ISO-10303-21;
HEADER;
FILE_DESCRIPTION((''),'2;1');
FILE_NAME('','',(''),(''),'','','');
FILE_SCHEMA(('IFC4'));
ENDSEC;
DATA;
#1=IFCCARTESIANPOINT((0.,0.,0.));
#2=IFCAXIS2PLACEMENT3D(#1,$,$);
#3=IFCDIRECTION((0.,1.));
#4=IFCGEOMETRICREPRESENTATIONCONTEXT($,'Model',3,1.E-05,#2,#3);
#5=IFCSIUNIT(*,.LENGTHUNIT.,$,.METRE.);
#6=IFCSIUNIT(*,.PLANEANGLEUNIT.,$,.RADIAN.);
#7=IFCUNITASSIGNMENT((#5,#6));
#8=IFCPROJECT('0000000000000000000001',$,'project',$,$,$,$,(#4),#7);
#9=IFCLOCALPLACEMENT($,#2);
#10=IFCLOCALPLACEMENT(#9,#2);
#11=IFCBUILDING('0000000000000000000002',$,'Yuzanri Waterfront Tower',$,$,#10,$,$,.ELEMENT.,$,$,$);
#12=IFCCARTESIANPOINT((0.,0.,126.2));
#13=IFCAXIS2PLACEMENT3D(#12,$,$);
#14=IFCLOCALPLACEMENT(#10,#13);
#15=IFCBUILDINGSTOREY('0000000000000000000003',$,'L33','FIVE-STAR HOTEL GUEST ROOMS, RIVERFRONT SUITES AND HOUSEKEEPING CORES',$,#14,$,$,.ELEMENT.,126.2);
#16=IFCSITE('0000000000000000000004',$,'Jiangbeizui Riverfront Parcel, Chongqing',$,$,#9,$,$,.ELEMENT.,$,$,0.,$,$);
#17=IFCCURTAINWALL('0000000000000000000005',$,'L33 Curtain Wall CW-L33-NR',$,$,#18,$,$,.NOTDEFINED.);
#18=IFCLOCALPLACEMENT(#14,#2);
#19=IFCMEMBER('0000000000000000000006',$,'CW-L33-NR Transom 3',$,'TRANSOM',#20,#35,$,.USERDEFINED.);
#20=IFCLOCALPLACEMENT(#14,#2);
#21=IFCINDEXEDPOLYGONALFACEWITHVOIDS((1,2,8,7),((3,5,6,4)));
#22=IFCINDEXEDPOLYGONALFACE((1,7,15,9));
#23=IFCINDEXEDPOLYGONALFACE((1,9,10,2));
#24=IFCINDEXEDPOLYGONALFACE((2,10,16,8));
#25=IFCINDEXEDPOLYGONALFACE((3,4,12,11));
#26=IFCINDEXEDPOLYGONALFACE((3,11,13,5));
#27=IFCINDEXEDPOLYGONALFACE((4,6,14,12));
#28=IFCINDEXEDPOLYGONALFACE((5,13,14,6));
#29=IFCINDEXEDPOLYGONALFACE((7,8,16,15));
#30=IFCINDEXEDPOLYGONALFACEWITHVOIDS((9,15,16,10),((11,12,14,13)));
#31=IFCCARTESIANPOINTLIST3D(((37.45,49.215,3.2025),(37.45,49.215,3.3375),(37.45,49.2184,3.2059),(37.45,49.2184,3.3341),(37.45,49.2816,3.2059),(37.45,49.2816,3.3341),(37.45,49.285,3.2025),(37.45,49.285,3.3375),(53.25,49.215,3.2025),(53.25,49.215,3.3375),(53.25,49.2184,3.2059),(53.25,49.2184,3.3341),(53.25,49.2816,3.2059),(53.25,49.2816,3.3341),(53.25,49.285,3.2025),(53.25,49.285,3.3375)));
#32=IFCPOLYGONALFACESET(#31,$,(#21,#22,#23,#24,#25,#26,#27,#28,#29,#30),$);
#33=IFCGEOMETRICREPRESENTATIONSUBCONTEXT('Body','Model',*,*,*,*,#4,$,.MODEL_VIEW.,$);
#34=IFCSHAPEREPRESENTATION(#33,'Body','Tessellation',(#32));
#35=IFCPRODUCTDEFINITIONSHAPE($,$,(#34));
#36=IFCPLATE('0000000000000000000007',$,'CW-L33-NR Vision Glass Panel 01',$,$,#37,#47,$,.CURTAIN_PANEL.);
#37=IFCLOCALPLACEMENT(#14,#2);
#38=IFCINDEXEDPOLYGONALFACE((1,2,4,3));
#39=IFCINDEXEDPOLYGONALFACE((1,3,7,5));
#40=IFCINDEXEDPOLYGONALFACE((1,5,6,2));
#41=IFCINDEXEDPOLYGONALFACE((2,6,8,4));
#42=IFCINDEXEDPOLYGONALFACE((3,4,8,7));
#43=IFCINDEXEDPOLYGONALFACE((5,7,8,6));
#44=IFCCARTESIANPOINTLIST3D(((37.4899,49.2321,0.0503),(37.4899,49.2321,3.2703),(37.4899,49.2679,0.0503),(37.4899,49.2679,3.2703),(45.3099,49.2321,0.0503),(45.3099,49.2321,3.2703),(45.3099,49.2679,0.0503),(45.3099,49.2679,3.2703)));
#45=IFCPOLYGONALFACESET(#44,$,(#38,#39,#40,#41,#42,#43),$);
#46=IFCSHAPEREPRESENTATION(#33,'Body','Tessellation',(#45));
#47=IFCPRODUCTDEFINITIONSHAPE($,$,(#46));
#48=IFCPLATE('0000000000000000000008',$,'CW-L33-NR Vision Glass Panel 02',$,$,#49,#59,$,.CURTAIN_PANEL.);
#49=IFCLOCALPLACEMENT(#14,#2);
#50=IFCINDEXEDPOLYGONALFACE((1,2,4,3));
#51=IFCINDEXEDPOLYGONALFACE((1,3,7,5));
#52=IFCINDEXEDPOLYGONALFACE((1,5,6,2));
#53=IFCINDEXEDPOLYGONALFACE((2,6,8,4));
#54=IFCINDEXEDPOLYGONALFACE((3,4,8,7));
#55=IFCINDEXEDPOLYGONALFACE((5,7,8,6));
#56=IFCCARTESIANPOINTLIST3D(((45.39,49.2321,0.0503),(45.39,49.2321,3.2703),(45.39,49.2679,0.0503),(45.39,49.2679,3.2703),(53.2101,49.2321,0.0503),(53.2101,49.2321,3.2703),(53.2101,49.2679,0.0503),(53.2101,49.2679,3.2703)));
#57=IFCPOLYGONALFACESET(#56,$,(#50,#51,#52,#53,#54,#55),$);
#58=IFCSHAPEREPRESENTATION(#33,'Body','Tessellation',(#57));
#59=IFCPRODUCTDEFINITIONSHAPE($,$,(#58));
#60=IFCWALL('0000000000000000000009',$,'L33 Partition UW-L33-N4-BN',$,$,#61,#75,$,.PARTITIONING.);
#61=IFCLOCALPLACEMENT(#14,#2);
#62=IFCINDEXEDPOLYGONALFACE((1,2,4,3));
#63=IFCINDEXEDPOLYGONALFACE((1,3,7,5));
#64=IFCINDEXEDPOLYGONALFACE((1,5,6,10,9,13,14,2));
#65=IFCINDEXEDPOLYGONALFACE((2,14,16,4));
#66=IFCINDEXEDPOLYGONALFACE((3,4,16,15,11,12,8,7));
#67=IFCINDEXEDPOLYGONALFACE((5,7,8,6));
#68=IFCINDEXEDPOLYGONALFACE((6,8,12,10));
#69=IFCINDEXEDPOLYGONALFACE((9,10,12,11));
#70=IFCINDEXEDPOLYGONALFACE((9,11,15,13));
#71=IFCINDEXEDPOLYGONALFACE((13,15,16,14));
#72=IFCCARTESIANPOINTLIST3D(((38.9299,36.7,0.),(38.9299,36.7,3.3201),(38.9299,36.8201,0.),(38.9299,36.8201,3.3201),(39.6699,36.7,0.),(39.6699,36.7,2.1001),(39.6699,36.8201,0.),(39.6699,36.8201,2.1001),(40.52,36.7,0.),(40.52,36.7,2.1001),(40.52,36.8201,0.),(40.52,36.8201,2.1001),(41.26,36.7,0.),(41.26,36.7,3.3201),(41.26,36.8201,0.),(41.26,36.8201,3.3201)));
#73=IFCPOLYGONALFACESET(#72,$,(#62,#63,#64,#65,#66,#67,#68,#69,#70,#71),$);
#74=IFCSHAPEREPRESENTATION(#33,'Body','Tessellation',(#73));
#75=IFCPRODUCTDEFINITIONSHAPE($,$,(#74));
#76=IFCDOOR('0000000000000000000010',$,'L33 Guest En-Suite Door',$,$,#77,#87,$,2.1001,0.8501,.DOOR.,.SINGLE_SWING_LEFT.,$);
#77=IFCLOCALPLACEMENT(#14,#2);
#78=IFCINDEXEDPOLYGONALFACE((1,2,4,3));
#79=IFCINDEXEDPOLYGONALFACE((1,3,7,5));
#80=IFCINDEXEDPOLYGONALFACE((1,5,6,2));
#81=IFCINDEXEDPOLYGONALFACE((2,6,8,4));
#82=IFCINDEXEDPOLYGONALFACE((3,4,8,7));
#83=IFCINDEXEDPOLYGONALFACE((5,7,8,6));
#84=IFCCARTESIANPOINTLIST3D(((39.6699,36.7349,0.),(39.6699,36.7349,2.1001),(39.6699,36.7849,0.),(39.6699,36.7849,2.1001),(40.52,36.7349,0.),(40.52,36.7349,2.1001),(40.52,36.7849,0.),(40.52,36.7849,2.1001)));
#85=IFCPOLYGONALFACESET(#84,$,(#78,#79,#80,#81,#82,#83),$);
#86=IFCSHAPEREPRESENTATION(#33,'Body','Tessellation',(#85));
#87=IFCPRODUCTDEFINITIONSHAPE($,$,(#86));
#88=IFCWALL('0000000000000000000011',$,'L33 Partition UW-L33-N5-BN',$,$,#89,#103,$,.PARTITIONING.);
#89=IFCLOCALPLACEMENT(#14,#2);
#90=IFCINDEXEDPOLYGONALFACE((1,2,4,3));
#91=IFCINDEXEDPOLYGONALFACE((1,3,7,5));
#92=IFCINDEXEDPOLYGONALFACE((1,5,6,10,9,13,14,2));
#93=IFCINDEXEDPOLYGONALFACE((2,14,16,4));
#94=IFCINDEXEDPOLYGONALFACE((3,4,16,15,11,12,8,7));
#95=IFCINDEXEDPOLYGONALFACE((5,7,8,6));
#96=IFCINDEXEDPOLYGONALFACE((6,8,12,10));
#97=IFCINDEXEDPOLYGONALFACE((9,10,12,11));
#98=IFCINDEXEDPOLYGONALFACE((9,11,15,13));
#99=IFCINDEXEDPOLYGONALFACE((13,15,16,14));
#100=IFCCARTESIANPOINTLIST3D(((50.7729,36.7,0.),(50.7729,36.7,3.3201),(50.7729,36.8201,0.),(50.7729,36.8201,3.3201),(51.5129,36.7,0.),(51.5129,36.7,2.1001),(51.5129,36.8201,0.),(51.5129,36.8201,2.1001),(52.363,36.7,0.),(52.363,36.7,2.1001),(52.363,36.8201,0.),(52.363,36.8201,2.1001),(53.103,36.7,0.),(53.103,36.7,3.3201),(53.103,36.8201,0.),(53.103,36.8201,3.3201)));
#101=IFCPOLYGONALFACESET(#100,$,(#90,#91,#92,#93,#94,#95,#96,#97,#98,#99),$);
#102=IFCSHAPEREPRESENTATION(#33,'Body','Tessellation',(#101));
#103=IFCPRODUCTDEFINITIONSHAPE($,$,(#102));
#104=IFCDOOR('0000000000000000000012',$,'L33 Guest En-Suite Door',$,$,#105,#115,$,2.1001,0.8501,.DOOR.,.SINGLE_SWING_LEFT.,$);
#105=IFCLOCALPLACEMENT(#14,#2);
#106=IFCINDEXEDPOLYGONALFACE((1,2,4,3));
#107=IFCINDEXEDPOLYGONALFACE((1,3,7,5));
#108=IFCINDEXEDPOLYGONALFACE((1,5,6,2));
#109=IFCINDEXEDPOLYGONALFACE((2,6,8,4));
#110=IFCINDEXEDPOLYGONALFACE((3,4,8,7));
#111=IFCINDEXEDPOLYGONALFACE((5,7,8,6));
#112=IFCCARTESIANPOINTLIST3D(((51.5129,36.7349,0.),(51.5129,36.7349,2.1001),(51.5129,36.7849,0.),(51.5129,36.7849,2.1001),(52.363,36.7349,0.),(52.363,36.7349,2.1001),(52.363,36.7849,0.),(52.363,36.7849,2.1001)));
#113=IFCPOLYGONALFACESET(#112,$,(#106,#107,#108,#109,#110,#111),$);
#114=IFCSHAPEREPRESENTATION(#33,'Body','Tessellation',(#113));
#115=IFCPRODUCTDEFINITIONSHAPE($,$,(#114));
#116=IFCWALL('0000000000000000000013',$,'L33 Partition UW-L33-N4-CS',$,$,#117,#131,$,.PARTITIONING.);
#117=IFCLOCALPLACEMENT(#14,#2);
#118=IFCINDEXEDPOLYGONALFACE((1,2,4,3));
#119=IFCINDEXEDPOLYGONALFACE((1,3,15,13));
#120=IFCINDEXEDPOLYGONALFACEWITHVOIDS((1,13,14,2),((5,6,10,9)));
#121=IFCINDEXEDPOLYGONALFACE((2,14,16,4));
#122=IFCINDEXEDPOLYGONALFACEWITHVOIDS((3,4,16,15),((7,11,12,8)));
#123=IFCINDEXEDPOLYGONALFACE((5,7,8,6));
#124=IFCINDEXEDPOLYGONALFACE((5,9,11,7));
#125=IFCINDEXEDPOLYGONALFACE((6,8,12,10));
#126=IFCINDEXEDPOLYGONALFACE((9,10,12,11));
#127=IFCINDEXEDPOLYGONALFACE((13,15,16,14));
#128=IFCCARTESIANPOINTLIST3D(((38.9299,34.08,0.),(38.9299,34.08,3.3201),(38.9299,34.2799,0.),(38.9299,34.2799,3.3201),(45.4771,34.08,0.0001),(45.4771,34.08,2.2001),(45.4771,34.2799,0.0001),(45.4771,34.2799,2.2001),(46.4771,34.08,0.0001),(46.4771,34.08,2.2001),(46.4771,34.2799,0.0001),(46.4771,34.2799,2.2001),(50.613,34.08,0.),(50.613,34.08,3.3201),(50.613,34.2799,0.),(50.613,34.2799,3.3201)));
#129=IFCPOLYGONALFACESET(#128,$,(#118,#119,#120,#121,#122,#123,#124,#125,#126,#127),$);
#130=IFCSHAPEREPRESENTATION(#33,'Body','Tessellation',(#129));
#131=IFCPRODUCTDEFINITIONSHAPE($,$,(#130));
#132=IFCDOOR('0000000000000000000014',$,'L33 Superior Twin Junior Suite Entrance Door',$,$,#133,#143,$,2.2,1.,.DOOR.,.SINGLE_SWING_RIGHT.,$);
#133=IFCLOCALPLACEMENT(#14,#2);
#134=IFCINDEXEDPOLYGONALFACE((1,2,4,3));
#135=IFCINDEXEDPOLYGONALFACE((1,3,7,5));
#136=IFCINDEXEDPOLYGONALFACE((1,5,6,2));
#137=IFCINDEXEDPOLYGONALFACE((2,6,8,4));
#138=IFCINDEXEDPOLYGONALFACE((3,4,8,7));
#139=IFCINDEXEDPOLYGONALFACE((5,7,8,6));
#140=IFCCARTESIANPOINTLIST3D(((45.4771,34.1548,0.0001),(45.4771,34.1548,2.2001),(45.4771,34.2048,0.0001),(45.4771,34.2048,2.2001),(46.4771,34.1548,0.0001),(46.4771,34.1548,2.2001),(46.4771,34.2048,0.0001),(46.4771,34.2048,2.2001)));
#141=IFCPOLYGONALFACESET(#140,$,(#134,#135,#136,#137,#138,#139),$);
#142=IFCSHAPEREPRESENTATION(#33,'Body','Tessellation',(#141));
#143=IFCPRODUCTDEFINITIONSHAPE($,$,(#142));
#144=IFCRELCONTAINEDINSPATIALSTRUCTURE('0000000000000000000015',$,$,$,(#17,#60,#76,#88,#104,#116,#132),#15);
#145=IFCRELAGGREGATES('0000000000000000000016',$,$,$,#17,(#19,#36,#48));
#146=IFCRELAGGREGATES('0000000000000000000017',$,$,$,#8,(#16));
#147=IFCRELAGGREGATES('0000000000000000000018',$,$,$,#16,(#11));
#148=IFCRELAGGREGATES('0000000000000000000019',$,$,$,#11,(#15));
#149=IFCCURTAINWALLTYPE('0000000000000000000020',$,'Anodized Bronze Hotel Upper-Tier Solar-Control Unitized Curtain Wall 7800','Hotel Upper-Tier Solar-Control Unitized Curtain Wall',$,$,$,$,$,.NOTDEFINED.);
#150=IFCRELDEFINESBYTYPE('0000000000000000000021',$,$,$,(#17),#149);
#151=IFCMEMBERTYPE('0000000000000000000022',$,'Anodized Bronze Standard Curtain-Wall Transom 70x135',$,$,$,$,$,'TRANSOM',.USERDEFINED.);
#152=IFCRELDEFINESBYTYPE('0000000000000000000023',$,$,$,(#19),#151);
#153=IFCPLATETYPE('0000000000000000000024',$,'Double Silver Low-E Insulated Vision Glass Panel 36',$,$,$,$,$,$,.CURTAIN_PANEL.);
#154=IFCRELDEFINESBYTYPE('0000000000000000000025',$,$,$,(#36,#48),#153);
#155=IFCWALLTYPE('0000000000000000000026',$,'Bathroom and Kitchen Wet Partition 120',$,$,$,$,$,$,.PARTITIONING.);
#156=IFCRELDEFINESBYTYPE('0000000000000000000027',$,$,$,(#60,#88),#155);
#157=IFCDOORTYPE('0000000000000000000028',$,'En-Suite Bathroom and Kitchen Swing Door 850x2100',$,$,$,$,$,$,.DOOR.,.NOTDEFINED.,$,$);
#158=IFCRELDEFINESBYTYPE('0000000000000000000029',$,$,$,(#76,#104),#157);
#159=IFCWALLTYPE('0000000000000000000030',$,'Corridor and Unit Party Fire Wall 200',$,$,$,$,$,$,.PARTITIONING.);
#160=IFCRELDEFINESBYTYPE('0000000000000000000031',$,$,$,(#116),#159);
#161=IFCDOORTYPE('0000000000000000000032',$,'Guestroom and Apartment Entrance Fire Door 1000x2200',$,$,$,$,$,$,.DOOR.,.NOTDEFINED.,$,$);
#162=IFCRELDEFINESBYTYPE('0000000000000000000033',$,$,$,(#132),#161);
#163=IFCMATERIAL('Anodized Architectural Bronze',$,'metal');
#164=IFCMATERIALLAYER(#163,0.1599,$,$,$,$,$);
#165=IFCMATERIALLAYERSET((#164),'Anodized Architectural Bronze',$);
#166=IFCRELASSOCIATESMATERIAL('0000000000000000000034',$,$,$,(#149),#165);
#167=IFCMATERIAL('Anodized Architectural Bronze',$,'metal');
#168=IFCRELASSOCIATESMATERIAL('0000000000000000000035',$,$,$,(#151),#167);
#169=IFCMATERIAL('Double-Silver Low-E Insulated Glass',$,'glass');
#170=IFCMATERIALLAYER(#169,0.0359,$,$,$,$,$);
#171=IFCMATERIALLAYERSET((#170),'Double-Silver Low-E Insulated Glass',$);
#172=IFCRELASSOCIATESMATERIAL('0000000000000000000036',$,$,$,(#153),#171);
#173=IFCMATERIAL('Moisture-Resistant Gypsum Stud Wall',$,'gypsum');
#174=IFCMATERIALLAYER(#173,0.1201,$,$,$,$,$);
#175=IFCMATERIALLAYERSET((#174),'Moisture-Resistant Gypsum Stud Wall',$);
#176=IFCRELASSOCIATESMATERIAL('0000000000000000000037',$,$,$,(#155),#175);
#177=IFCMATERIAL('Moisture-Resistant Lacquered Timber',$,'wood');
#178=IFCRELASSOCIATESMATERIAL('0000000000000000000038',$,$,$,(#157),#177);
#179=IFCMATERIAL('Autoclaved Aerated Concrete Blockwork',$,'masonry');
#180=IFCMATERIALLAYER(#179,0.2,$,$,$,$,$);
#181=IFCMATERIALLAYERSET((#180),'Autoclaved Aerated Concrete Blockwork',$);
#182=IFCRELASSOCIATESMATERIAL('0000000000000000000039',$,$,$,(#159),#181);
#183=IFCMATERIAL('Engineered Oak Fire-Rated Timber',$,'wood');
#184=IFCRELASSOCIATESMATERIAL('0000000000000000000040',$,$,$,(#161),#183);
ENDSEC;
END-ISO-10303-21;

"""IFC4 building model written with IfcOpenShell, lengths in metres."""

from ifc_helpers import new_model, si_unit, direction, frame, frame_2d, origin, origin_2d, place, context, subcontext, project, spatial, rectangle, hollow_rectangle, extrude, source, transform, mapped, material, layer, layer_set, material_profile, profile_set, type_object, element, fill, aggregate, save


model = new_model("IFC4")

# Units and contexts
model_context = context("Model", 3, precision=1e-05, world=origin(), true_north=direction((0.0, 1.0)))
body_context = subcontext(model_context, "Body", "Model", "MODEL_VIEW")
ifc_project = project(units=[si_unit("LENGTHUNIT", "METRE"), si_unit("PLANEANGLEUNIT", "RADIAN")], contexts=[model_context])

# Site, building, storey
site_placement = place(None, origin())
site = spatial("IfcSite", under=ifc_project, at=site_placement, Name="Jiangbeizui Riverfront Parcel, Chongqing", CompositionType="ELEMENT", RefElevation=0.0)
building_placement = place(site_placement, origin())
building = spatial("IfcBuilding", under=site, at=building_placement, Name="Yuzanri Waterfront Tower", CompositionType="ELEMENT")
storey_placement = place(building_placement, frame((0.0, 0.0, 126.2)))
storey = spatial("IfcBuildingStorey", under=building, at=storey_placement, Name="L33", Description="FIVE-STAR HOTEL GUEST ROOMS, RIVERFRONT SUITES AND HOUSEKEEPING CORES", CompositionType="ELEMENT", Elevation=126.2)

# Curtain wall, member, plates
ifc_material_1 = material(Name="Anodized Architectural Bronze", Category="metal")
ifc_layer_1 = layer(ifc_material_1, 0.1599)
ifc_layer_set_1 = layer_set([ifc_layer_1], Name="Anodized Architectural Bronze")
curtain_wall_type = type_object("IfcCurtainWallType", Name="Anodized Bronze Hotel Upper-Tier Solar-Control Unitized Curtain Wall 7800", Description="Hotel Upper-Tier Solar-Control Unitized Curtain Wall", PredefinedType="NOTDEFINED", material=ifc_layer_set_1)
curtain_wall_placement = place(storey_placement, origin())
curtain_wall = element("IfcCurtainWall", 1, at=curtain_wall_placement, inside=storey, type_object=curtain_wall_type, Name="L33 Curtain Wall CW-L33-NR", PredefinedType="NOTDEFINED")
ifc_material_2 = material(Name="Anodized Architectural Bronze", Category="metal")
ifc_material_profile_1 = material_profile(ifc_material_2, hollow_rectangle(XDim=0.0701, YDim=0.135, WallThickness=0.0034, at=origin_2d()), Name="CWT 70x135")
ifc_profile_set_1 = profile_set([ifc_material_profile_1], Name="Anodized Architectural Bronze")
member_type_1 = type_object("IfcMemberType", Name="Anodized Bronze Standard Curtain-Wall Transom 70x135", ElementType="TRANSOM", PredefinedType="USERDEFINED", material=ifc_profile_set_1)
shared_shape_1 = source(origin(), body_context, "Body", "SweptSolid", [
    extrude(hollow_rectangle(XDim=0.0701, YDim=0.135, WallThickness=0.0034, at=origin_2d()), origin(), (0.0, 0.0, 1.0), 15.8),
])
member_1_placement = place(storey_placement, frame((37.45, 49.25, 3.27), z_axis=(1.0, 0.0, 0.0), x_axis=(0.0, 1.0, 0.0)))
member_1 = element("IfcMember", 2, at=member_1_placement, type_object=member_type_1, Name="CW-L33-NR Transom 3", ObjectType="TRANSOM", PredefinedType="USERDEFINED", context=body_context, shape_type="MappedRepresentation", body=[
    mapped(shared_shape_1, transform((0.0, 0.0, 0.0), scale=1.0)),
])
ifc_material_3 = material(Name="Double-Silver Low-E Insulated Glass", Category="glass")
ifc_layer_2 = layer(ifc_material_3, 0.0359)
ifc_layer_set_2 = layer_set([ifc_layer_2], Name="Double-Silver Low-E Insulated Glass")
plate_type = type_object("IfcPlateType", Name="Double Silver Low-E Insulated Vision Glass Panel 36", PredefinedType="CURTAIN_PANEL", material=ifc_layer_set_2)
shared_shape_2 = source(origin(), body_context, "Body", "SweptSolid", [
    extrude(rectangle(XDim=7.8201, YDim=0.0359, at=origin_2d()), origin(), (0.0, 0.0, 1.0), 3.22),
])
plate_1_placement = place(storey_placement, frame((41.3999, 49.25, 0.0503), z_axis=(0.0, 0.0, 1.0), x_axis=(1.0, 0.0, 0.0)))
plate_1 = element("IfcPlate", 3, at=plate_1_placement, type_object=plate_type, Name="CW-L33-NR Vision Glass Panel 01", PredefinedType="CURTAIN_PANEL", context=body_context, shape_type="MappedRepresentation", body=[
    mapped(shared_shape_2, transform((0.0, 0.0, 0.0), scale=1.0)),
])
plate_2_placement = place(storey_placement, frame((49.3, 49.25, 0.0503), z_axis=(0.0, 0.0, 1.0), x_axis=(1.0, 0.0, 0.0)))
plate_2 = element("IfcPlate", 4, at=plate_2_placement, type_object=plate_type, Name="CW-L33-NR Vision Glass Panel 02", PredefinedType="CURTAIN_PANEL", context=body_context, shape_type="MappedRepresentation", body=[
    mapped(shared_shape_2, transform((0.0, 0.0, 0.0), scale=1.0)),
])
aggregate(curtain_wall, [member_1, plate_1, plate_2])

# Walls, openings, doors
ifc_material_4 = material(Name="Moisture-Resistant Gypsum Stud Wall", Category="gypsum")
ifc_layer_3 = layer(ifc_material_4, 0.1201)
ifc_layer_set_3 = layer_set([ifc_layer_3], Name="Moisture-Resistant Gypsum Stud Wall")
wall_type_1 = type_object("IfcWallType", Name="Bathroom and Kitchen Wet Partition 120", PredefinedType="PARTITIONING", material=ifc_layer_set_3)
wall_1_placement = place(storey_placement, frame((38.9299, 36.76, 0.0), z_axis=(0.0, 0.0, 1.0), x_axis=(1.0, 0.0, 0.0)))
wall_1 = element("IfcWall", 5, at=wall_1_placement, inside=storey, type_object=wall_type_1, Name="L33 Partition UW-L33-N4-BN", PredefinedType="PARTITIONING", context=body_context, shape_type="SweptSolid", body=[
    extrude(rectangle(XDim=2.3301, YDim=0.1201, at=frame_2d((1.165, 0.0))), origin(), (0.0, 0.0, 1.0), 3.3201),
])
opening_1_placement = place(wall_1_placement, frame((0.74, 0.0, 0.0)))
opening_1 = element("IfcOpeningElement", 6, at=opening_1_placement, cuts=wall_1, PredefinedType="OPENING", context=body_context, shape_type="SweptSolid", body=[
    extrude(rectangle(XDim=0.8501, YDim=2.1001, at=frame_2d((0.425, 1.05))), frame((0.0, 0.075, 0.0), z_axis=(0.0, -1.0, 0.0), x_axis=(1.0, 0.0, 0.0)), (0.0, 0.0, 1.0), 0.1499),
])
ifc_material_5 = material(Name="Moisture-Resistant Lacquered Timber", Category="wood")
door_type_1 = type_object("IfcDoorType", Name="En-Suite Bathroom and Kitchen Swing Door 850x2100", OperationType="NOTDEFINED", PredefinedType="DOOR", material=ifc_material_5)
shared_shape_3 = source(origin(), body_context, "Body", "SweptSolid", [
    extrude(rectangle(XDim=0.8501, YDim=2.1001, at=frame_2d((0.425, 1.05))), frame((0.0, 0.0249, 0.0), z_axis=(0.0, -1.0, 0.0), x_axis=(1.0, 0.0, 0.0)), (0.0, 0.0, 1.0), 0.05),
])
door_1_placement = place(opening_1_placement, origin())
door_1 = element("IfcDoor", 7, at=door_1_placement, inside=storey, type_object=door_type_1, Name="L33 Guest En-Suite Door", OperationType="SINGLE_SWING_LEFT", OverallHeight=2.1001, OverallWidth=0.8501, PredefinedType="DOOR", context=body_context, shape_type="MappedRepresentation", body=[
    mapped(shared_shape_3, transform((0.0, 0.0, 0.0), scale=1.0)),
])
fill(opening_1, door_1)
wall_2_placement = place(storey_placement, frame((50.7729, 36.76, 0.0), z_axis=(0.0, 0.0, 1.0), x_axis=(1.0, 0.0, 0.0)))
wall_2 = element("IfcWall", 8, at=wall_2_placement, inside=storey, type_object=wall_type_1, Name="L33 Partition UW-L33-N5-BN", PredefinedType="PARTITIONING", context=body_context, shape_type="SweptSolid", body=[
    extrude(rectangle(XDim=2.3301, YDim=0.1201, at=frame_2d((1.165, 0.0))), origin(), (0.0, 0.0, 1.0), 3.3201),
])
opening_2_placement = place(wall_2_placement, frame((0.74, 0.0, 0.0)))
opening_2 = element("IfcOpeningElement", 9, at=opening_2_placement, cuts=wall_2, PredefinedType="OPENING", context=body_context, shape_type="SweptSolid", body=[
    extrude(rectangle(XDim=0.8501, YDim=2.1001, at=frame_2d((0.425, 1.05))), frame((0.0, 0.075, 0.0), z_axis=(0.0, -1.0, 0.0), x_axis=(1.0, 0.0, 0.0)), (0.0, 0.0, 1.0), 0.1499),
])
door_2_placement = place(opening_2_placement, origin())
door_2 = element("IfcDoor", 10, at=door_2_placement, inside=storey, type_object=door_type_1, Name="L33 Guest En-Suite Door", OperationType="SINGLE_SWING_LEFT", OverallHeight=2.1001, OverallWidth=0.8501, PredefinedType="DOOR", context=body_context, shape_type="MappedRepresentation", body=[
    mapped(shared_shape_3, transform((0.0, 0.0, 0.0), scale=1.0)),
])
fill(opening_2, door_2)
ifc_material_6 = material(Name="Autoclaved Aerated Concrete Blockwork", Category="masonry")
ifc_layer_4 = layer(ifc_material_6, 0.2)
ifc_layer_set_4 = layer_set([ifc_layer_4], Name="Autoclaved Aerated Concrete Blockwork")
wall_type_2 = type_object("IfcWallType", Name="Corridor and Unit Party Fire Wall 200", PredefinedType="PARTITIONING", material=ifc_layer_set_4)
wall_3_placement = place(storey_placement, frame((38.9299, 34.1799, 0.0), z_axis=(0.0, 0.0, 1.0), x_axis=(1.0, 0.0, 0.0)))
wall_3 = element("IfcWall", 11, at=wall_3_placement, inside=storey, type_object=wall_type_2, Name="L33 Partition UW-L33-N4-CS", PredefinedType="PARTITIONING", context=body_context, shape_type="SweptSolid", body=[
    extrude(rectangle(XDim=11.6831, YDim=0.2, at=frame_2d((5.8416, 0.0))), origin(), (0.0, 0.0, 1.0), 3.3201),
])
opening_3_placement = place(wall_3_placement, frame((6.5471, 0.0, 0.0)))
opening_3 = element("IfcOpeningElement", 12, at=opening_3_placement, cuts=wall_3, PredefinedType="OPENING", context=body_context, shape_type="SweptSolid", body=[
    extrude(rectangle(XDim=1.0, YDim=2.2, at=frame_2d((0.5, 1.1001))), frame((0.0, 0.1147, 0.0), z_axis=(0.0, -1.0, 0.0), x_axis=(1.0, 0.0, 0.0)), (0.0, 0.0, 1.0), 0.2297),
])
ifc_material_7 = material(Name="Engineered Oak Fire-Rated Timber", Category="wood")
door_type_2 = type_object("IfcDoorType", Name="Guestroom and Apartment Entrance Fire Door 1000x2200", OperationType="NOTDEFINED", PredefinedType="DOOR", material=ifc_material_7)
shared_shape_4 = source(origin(), body_context, "Body", "SweptSolid", [
    extrude(rectangle(XDim=1.0, YDim=2.2, at=frame_2d((0.5, 1.1001))), frame((0.0, 0.0249, 0.0), z_axis=(0.0, -1.0, 0.0), x_axis=(1.0, 0.0, 0.0)), (0.0, 0.0, 1.0), 0.05),
])
door_3_placement = place(opening_3_placement, origin())
door_3 = element("IfcDoor", 13, at=door_3_placement, inside=storey, type_object=door_type_2, Name="L33 Superior Twin Junior Suite Entrance Door", OperationType="SINGLE_SWING_RIGHT", OverallHeight=2.2, OverallWidth=1.0, PredefinedType="DOOR", context=body_context, shape_type="MappedRepresentation", body=[
    mapped(shared_shape_4, transform((0.0, 0.0, 0.0), scale=1.0)),
])
fill(opening_3, door_3)

save(model, "model.ifc")
